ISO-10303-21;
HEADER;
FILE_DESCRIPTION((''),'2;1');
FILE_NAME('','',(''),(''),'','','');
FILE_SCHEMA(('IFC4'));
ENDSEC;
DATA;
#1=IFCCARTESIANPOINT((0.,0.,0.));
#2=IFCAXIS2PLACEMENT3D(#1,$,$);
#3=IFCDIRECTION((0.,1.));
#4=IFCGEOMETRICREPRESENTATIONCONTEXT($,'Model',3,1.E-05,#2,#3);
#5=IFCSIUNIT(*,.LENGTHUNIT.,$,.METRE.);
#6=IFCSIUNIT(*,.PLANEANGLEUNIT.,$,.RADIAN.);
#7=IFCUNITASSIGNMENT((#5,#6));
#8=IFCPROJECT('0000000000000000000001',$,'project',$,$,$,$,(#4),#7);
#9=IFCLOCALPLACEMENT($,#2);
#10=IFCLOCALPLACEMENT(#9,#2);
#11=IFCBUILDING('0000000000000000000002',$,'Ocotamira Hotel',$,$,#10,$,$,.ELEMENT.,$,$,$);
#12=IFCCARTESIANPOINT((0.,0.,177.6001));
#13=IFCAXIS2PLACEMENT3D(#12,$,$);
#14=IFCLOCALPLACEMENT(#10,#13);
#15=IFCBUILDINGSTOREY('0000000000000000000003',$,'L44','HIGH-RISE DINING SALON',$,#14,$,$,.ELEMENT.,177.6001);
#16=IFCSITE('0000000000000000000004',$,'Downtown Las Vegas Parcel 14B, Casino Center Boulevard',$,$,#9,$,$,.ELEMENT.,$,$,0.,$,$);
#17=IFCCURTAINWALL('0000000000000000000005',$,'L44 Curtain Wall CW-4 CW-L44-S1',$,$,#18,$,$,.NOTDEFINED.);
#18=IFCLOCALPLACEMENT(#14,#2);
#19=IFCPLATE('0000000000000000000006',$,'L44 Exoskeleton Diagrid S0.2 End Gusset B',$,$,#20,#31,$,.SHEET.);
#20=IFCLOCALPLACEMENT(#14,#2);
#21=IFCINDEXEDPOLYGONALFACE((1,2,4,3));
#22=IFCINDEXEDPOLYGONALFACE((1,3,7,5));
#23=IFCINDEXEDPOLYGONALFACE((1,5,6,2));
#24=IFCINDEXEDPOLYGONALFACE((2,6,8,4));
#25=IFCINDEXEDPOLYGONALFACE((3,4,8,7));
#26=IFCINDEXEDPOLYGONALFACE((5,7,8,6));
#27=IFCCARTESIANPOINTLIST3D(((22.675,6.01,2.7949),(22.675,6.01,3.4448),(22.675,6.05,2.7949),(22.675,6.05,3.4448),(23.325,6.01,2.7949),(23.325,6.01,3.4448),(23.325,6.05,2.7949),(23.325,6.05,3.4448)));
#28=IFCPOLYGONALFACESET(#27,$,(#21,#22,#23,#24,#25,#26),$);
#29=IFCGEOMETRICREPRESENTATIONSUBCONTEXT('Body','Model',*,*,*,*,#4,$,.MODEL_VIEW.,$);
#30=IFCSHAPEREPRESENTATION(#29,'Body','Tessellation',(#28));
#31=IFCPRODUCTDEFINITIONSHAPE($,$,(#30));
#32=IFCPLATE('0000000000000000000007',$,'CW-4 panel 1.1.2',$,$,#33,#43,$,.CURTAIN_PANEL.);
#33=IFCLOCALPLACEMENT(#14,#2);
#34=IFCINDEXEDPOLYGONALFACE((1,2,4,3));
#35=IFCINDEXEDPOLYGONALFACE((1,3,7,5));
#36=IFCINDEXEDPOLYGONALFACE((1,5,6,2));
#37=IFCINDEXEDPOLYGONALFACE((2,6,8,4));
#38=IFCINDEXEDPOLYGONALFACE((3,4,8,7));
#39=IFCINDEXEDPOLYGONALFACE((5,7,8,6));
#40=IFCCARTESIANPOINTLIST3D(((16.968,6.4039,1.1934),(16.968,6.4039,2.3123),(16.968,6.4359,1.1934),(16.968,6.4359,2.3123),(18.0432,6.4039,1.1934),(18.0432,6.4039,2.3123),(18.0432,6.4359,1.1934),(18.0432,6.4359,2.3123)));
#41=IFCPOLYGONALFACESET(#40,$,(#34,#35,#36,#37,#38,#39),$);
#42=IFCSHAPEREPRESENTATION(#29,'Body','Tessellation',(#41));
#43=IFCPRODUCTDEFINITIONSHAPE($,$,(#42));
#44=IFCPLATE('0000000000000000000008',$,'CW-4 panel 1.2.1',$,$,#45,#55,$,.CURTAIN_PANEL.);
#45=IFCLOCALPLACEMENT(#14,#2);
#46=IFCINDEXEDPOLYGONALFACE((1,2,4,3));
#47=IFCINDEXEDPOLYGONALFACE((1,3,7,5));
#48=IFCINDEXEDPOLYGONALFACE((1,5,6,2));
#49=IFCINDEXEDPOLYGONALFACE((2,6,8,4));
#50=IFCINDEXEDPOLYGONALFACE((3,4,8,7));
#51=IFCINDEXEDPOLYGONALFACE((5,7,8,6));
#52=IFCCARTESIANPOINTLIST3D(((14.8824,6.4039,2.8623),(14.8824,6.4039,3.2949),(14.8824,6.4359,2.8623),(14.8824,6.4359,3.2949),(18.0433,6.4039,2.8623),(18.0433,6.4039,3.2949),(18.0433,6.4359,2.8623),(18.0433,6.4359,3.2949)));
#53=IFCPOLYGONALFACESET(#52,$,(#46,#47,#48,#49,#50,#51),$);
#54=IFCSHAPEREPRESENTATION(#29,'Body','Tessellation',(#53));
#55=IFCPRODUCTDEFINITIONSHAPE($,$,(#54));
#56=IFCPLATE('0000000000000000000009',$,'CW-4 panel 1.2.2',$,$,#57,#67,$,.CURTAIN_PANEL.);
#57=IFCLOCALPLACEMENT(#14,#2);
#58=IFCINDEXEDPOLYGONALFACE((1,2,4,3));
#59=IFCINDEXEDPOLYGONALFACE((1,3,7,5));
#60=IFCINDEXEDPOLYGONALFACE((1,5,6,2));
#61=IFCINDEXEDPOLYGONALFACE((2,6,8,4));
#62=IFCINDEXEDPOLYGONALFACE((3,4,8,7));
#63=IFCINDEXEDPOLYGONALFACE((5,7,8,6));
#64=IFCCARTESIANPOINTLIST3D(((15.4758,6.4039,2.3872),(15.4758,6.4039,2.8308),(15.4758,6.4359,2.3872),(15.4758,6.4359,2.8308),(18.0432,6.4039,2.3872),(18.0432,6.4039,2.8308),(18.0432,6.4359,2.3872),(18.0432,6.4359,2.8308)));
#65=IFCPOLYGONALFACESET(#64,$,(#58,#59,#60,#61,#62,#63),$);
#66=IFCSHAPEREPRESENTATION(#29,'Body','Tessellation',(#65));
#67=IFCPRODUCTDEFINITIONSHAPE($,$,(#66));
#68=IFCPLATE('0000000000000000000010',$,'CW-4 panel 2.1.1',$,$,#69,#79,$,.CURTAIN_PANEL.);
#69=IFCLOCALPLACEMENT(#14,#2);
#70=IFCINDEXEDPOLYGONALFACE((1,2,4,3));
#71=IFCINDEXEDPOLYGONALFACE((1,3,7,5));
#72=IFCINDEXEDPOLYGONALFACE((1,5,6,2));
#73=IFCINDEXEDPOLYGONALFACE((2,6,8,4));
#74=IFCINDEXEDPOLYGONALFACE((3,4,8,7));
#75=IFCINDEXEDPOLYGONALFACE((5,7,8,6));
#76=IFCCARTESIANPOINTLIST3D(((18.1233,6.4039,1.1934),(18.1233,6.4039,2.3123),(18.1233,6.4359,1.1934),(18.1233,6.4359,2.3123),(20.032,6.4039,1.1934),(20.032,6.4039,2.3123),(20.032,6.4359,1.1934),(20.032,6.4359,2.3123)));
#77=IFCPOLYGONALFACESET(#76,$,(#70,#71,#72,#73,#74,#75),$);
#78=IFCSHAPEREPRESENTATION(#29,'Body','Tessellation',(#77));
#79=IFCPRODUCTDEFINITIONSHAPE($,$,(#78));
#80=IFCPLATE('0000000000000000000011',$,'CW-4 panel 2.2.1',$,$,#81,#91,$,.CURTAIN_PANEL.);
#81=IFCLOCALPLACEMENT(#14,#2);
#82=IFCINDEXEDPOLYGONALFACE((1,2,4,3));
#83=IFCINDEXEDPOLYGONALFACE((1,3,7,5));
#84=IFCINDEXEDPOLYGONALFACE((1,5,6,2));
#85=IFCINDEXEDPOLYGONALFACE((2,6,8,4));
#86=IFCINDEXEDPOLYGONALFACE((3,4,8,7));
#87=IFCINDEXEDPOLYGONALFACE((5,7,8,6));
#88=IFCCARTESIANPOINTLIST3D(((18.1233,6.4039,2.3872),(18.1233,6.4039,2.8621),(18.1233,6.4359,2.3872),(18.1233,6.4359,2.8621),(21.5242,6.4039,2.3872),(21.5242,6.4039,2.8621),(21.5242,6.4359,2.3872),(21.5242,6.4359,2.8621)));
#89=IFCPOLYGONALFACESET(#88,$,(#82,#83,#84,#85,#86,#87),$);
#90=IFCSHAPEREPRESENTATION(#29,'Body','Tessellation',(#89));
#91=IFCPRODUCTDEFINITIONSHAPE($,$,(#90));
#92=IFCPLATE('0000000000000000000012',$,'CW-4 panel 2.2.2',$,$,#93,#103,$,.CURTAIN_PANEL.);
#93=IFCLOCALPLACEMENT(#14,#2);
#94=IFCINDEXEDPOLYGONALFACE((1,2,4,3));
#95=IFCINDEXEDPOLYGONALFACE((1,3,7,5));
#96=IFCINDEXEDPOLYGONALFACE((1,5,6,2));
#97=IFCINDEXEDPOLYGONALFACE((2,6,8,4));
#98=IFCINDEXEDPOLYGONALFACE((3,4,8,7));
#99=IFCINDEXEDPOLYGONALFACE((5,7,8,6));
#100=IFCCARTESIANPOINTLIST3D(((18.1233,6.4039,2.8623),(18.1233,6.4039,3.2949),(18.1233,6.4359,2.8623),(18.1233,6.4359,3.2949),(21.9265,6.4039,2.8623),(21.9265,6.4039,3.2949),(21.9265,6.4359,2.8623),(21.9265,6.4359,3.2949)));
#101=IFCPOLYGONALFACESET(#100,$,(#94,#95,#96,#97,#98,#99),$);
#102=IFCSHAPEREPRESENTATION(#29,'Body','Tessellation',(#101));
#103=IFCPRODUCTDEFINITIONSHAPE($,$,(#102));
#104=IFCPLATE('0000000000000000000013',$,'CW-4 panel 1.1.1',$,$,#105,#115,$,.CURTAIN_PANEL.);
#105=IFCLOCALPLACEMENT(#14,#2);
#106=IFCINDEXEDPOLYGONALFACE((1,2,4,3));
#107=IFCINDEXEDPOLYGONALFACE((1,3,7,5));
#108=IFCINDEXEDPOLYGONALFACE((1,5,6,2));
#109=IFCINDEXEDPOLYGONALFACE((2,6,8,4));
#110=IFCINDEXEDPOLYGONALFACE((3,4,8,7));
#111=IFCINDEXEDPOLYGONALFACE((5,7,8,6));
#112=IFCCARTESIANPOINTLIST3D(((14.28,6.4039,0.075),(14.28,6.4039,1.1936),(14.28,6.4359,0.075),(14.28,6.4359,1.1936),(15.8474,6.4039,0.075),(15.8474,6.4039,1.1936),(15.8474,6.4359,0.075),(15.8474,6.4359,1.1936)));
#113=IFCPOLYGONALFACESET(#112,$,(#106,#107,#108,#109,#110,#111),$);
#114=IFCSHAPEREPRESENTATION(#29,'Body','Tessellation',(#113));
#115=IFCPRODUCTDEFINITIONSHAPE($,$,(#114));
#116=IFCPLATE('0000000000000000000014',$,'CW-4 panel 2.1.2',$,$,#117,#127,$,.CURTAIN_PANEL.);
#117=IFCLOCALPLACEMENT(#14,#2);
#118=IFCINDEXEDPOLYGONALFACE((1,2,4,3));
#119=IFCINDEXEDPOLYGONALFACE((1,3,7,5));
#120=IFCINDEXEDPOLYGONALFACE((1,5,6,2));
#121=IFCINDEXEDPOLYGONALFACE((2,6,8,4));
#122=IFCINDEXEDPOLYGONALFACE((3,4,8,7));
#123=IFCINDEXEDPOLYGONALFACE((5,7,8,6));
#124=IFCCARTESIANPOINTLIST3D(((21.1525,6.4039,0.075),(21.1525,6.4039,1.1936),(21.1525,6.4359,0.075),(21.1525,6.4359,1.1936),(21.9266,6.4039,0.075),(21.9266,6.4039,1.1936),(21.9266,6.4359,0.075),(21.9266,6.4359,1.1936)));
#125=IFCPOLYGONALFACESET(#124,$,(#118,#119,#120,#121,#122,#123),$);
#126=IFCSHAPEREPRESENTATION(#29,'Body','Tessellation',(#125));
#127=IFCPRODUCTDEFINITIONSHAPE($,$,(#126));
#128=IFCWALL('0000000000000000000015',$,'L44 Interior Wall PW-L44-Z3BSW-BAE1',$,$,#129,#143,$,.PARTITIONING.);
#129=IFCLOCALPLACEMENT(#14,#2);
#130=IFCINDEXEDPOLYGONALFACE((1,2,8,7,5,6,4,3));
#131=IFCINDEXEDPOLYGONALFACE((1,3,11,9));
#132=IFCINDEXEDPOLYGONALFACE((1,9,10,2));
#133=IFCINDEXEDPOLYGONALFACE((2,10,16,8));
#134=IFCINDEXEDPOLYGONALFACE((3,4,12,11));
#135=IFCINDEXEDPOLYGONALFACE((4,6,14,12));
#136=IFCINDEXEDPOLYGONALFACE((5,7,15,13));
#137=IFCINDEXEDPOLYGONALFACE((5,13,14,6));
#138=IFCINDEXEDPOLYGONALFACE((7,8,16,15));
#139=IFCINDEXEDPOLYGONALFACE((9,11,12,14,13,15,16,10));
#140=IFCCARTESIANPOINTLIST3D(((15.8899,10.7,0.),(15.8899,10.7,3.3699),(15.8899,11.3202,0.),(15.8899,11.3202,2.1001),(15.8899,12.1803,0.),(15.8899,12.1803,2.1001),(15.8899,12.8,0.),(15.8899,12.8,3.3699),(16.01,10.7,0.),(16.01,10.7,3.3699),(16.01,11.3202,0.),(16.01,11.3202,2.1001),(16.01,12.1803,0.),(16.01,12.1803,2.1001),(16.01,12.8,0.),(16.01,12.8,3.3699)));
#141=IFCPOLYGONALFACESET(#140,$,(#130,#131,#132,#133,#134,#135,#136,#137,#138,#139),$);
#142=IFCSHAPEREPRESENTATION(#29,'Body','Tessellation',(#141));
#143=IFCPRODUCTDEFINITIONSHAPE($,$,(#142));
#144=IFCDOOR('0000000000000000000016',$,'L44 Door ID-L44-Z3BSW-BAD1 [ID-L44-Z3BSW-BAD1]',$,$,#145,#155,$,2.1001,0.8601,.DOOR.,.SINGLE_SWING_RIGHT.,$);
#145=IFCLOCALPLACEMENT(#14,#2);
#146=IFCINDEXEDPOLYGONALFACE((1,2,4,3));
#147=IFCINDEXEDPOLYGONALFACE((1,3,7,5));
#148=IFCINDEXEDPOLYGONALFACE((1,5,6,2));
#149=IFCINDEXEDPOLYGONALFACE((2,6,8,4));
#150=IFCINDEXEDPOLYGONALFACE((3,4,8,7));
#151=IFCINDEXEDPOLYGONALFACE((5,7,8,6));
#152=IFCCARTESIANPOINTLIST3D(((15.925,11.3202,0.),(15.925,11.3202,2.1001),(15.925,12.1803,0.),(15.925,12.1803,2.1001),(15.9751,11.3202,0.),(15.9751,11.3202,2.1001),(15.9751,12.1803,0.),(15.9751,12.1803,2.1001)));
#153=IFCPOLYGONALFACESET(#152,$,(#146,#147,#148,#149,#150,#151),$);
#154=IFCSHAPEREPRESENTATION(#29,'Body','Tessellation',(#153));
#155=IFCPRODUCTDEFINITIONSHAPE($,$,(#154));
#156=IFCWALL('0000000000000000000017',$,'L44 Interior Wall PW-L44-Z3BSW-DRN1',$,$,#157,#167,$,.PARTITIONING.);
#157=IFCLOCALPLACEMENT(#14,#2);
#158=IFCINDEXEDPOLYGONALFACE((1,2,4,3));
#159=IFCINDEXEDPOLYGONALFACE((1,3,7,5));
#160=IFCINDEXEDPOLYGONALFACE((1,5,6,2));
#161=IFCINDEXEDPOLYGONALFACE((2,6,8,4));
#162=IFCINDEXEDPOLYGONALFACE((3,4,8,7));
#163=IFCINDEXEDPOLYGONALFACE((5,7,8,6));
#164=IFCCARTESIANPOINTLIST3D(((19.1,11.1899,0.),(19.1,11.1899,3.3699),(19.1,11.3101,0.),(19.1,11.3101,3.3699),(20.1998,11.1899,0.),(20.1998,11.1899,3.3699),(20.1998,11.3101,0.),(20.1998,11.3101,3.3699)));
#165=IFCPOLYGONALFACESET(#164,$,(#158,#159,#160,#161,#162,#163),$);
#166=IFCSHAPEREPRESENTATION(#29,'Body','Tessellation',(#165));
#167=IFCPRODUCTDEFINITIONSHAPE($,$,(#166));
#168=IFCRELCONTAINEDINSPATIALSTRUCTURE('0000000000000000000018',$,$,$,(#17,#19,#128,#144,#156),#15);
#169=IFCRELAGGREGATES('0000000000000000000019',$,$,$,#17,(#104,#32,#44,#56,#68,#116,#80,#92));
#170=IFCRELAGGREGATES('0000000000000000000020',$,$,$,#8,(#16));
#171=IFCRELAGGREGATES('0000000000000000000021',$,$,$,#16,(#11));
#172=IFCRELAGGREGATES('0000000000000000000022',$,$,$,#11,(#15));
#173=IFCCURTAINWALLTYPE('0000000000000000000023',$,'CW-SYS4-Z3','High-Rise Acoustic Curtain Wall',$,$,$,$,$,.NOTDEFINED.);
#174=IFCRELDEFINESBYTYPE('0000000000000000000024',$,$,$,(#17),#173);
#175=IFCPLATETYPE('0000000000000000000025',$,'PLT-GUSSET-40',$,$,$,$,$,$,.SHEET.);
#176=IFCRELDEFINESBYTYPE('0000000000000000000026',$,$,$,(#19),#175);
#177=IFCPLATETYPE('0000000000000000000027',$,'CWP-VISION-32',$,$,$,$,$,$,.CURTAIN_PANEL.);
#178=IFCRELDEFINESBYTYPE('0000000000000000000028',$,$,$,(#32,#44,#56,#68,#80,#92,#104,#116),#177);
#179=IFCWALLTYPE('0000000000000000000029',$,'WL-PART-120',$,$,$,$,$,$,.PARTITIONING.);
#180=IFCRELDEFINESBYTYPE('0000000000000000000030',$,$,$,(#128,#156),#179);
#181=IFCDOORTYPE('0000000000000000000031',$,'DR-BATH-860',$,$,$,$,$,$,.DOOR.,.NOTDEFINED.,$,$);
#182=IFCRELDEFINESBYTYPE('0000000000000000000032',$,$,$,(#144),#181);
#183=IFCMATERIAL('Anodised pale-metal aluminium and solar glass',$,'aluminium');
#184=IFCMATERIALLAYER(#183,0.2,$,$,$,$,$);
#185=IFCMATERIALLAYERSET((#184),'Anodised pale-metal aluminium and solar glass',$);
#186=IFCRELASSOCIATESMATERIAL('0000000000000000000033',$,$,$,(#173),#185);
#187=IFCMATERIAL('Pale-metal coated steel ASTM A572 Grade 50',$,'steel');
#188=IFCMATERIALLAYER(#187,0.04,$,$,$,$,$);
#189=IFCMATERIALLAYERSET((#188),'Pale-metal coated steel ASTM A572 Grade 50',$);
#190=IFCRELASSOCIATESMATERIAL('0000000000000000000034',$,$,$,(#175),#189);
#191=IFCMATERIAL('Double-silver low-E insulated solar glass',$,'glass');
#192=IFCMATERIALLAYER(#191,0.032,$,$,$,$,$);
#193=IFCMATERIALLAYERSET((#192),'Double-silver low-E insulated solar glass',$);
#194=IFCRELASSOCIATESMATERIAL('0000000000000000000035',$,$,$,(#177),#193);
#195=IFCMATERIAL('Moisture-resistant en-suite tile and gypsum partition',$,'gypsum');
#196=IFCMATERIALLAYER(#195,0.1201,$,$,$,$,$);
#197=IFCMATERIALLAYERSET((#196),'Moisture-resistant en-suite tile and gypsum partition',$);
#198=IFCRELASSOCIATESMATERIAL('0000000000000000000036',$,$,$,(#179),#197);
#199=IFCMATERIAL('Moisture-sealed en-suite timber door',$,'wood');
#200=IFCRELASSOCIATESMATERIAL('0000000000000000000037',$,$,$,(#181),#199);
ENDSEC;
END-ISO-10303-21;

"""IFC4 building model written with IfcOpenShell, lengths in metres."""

from ifc_helpers import new_model, si_unit, direction, frame, frame_2d, origin, origin_2d, place, context, subcontext, project, spatial, rectangle, extrude, source, transform, mapped, material, layer, layer_set, type_object, element, fill, aggregate, save


model = new_model("IFC4")

# Units and contexts
model_context = context("Model", 3, precision=1e-05, world=origin(), true_north=direction((0.0, 1.0)))
body_context = subcontext(model_context, "Body", "Model", "MODEL_VIEW")
ifc_project = project(units=[si_unit("LENGTHUNIT", "METRE"), si_unit("PLANEANGLEUNIT", "RADIAN")], contexts=[model_context])

# Site, building, storey
site_placement = place(None, origin())
site = spatial("IfcSite", under=ifc_project, at=site_placement, Name="Downtown Las Vegas Parcel 14B, Casino Center Boulevard", CompositionType="ELEMENT", RefElevation=0.0)
building_placement = place(site_placement, origin())
building = spatial("IfcBuilding", under=site, at=building_placement, Name="Ocotamira Hotel", CompositionType="ELEMENT")
storey_placement = place(building_placement, frame((0.0, 0.0, 177.6001)))
storey = spatial("IfcBuildingStorey", under=building, at=storey_placement, Name="L44", Description="HIGH-RISE DINING SALON", CompositionType="ELEMENT", Elevation=177.6001)

# Curtain wall
ifc_material_1 = material(Name="Anodised pale-metal aluminium and solar glass", Category="aluminium")
ifc_layer_1 = layer(ifc_material_1, 0.2)
ifc_layer_set_1 = layer_set([ifc_layer_1], Name="Anodised pale-metal aluminium and solar glass")
curtain_wall_type = type_object("IfcCurtainWallType", Name="CW-SYS4-Z3", Description="High-Rise Acoustic Curtain Wall", PredefinedType="NOTDEFINED", material=ifc_layer_set_1)
curtain_wall_placement = place(storey_placement, origin())
curtain_wall = element("IfcCurtainWall", 1, at=curtain_wall_placement, inside=storey, type_object=curtain_wall_type, Name="L44 Curtain Wall CW-4 CW-L44-S1", PredefinedType="NOTDEFINED")

# Plates
ifc_material_2 = material(Name="Pale-metal coated steel ASTM A572 Grade 50", Category="steel")
ifc_layer_2 = layer(ifc_material_2, 0.04)
ifc_layer_set_2 = layer_set([ifc_layer_2], Name="Pale-metal coated steel ASTM A572 Grade 50")
plate_type_1 = type_object("IfcPlateType", Name="PLT-GUSSET-40", PredefinedType="SHEET", material=ifc_layer_set_2)
shared_shape_1 = source(origin(), body_context, "Body", "SweptSolid", [
    extrude(rectangle(XDim=0.6499, YDim=0.04, at=origin_2d()), origin(), (0.0, 0.0, 1.0), 0.6499),
])
plate_1_placement = place(storey_placement, frame((23.0, 6.03, 2.7949), z_axis=(0.0, 0.0, 1.0), x_axis=(1.0, 0.0, 0.0)))
element("IfcPlate", 2, at=plate_1_placement, inside=storey, type_object=plate_type_1, Name="L44 Exoskeleton Diagrid S0.2 End Gusset B", PredefinedType="SHEET", context=body_context, shape_type="MappedRepresentation", body=[
    mapped(shared_shape_1, transform((0.0, 0.0, 0.0), scale=1.0)),
])
ifc_material_3 = material(Name="Double-silver low-E insulated solar glass", Category="glass")
ifc_layer_3 = layer(ifc_material_3, 0.032)
ifc_layer_set_3 = layer_set([ifc_layer_3], Name="Double-silver low-E insulated solar glass")
plate_type_2 = type_object("IfcPlateType", Name="CWP-VISION-32", PredefinedType="CURTAIN_PANEL", material=ifc_layer_set_3)
shared_shape_2 = source(origin(), body_context, "Body", "SweptSolid", [
    extrude(rectangle(XDim=1.0752, YDim=0.032, at=origin_2d()), origin(), (0.0, 0.0, 1.0), 1.1189),
])
plate_2_placement = place(storey_placement, frame((17.5056, 6.4199, 1.1934), z_axis=(0.0, 0.0, 1.0), x_axis=(1.0, 0.0, 0.0)))
plate_2 = element("IfcPlate", 3, at=plate_2_placement, type_object=plate_type_2, Name="CW-4 panel 1.1.2", PredefinedType="CURTAIN_PANEL", context=body_context, shape_type="MappedRepresentation", body=[
    mapped(shared_shape_2, transform((0.0, 0.0, 0.0), scale=1.0)),
])
shared_shape_3 = source(origin(), body_context, "Body", "SweptSolid", [
    extrude(rectangle(XDim=3.1609, YDim=0.032, at=origin_2d()), origin(), (0.0, 0.0, 1.0), 0.4326),
])
plate_3_placement = place(storey_placement, frame((16.4629, 6.4199, 2.8623), z_axis=(0.0, 0.0, 1.0), x_axis=(1.0, 0.0, 0.0)))
plate_3 = element("IfcPlate", 4, at=plate_3_placement, type_object=plate_type_2, Name="CW-4 panel 1.2.1", PredefinedType="CURTAIN_PANEL", context=body_context, shape_type="MappedRepresentation", body=[
    mapped(shared_shape_3, transform((0.0, 0.0, 0.0), scale=1.0)),
])
shared_shape_4 = source(origin(), body_context, "Body", "SweptSolid", [
    extrude(rectangle(XDim=2.5674, YDim=0.032, at=origin_2d()), origin(), (0.0, 0.0, 1.0), 0.4436),
])
plate_4_placement = place(storey_placement, frame((16.7595, 6.4199, 2.3872), z_axis=(0.0, 0.0, 1.0), x_axis=(1.0, 0.0, 0.0)))
plate_4 = element("IfcPlate", 5, at=plate_4_placement, type_object=plate_type_2, Name="CW-4 panel 1.2.2", PredefinedType="CURTAIN_PANEL", context=body_context, shape_type="MappedRepresentation", body=[
    mapped(shared_shape_4, transform((0.0, 0.0, 0.0), scale=1.0)),
])
shared_shape_5 = source(origin(), body_context, "Body", "SweptSolid", [
    extrude(rectangle(XDim=1.9087, YDim=0.032, at=origin_2d()), origin(), (0.0, 0.0, 1.0), 1.1189),
])
plate_5_placement = place(storey_placement, frame((19.0776, 6.4199, 1.1934), z_axis=(0.0, 0.0, 1.0), x_axis=(1.0, 0.0, 0.0)))
plate_5 = element("IfcPlate", 6, at=plate_5_placement, type_object=plate_type_2, Name="CW-4 panel 2.1.1", PredefinedType="CURTAIN_PANEL", context=body_context, shape_type="MappedRepresentation", body=[
    mapped(shared_shape_5, transform((0.0, 0.0, 0.0), scale=1.0)),
])
shared_shape_6 = source(origin(), body_context, "Body", "SweptSolid", [
    extrude(rectangle(XDim=3.4009, YDim=0.032, at=origin_2d()), origin(), (0.0, 0.0, 1.0), 0.4749),
])
plate_6_placement = place(storey_placement, frame((19.8237, 6.4199, 2.3872), z_axis=(0.0, 0.0, 1.0), x_axis=(1.0, 0.0, 0.0)))
plate_6 = element("IfcPlate", 7, at=plate_6_placement, type_object=plate_type_2, Name="CW-4 panel 2.2.1", PredefinedType="CURTAIN_PANEL", context=body_context, shape_type="MappedRepresentation", body=[
    mapped(shared_shape_6, transform((0.0, 0.0, 0.0), scale=1.0)),
])
shared_shape_7 = source(origin(), body_context, "Body", "SweptSolid", [
    extrude(rectangle(XDim=3.8032, YDim=0.032, at=origin_2d()), origin(), (0.0, 0.0, 1.0), 0.4326),
])
plate_7_placement = place(storey_placement, frame((20.0249, 6.4199, 2.8623), z_axis=(0.0, 0.0, 1.0), x_axis=(1.0, 0.0, 0.0)))
plate_7 = element("IfcPlate", 8, at=plate_7_placement, type_object=plate_type_2, Name="CW-4 panel 2.2.2", PredefinedType="CURTAIN_PANEL", context=body_context, shape_type="MappedRepresentation", body=[
    mapped(shared_shape_7, transform((0.0, 0.0, 0.0), scale=1.0)),
])
shared_shape_8 = source(origin(), body_context, "Body", "SweptSolid", [
    extrude(rectangle(XDim=1.5674, YDim=0.032, at=origin_2d()), origin(), (0.0, 0.0, 1.0), 1.1187),
])
plate_8_placement = place(storey_placement, frame((15.0637, 6.4199, 0.075), z_axis=(0.0, 0.0, 1.0), x_axis=(1.0, 0.0, 0.0)))
plate_8 = element("IfcPlate", 9, at=plate_8_placement, type_object=plate_type_2, Name="CW-4 panel 1.1.1", PredefinedType="CURTAIN_PANEL", context=body_context, shape_type="MappedRepresentation", body=[
    mapped(shared_shape_8, transform((0.0, 0.0, 0.0), scale=1.0)),
])
shared_shape_9 = source(origin(), body_context, "Body", "SweptSolid", [
    extrude(rectangle(XDim=0.7742, YDim=0.032, at=origin_2d()), origin(), (0.0, 0.0, 1.0), 1.1187),
])
plate_9_placement = place(storey_placement, frame((21.5396, 6.4199, 0.075), z_axis=(0.0, 0.0, 1.0), x_axis=(1.0, 0.0, 0.0)))
plate_9 = element("IfcPlate", 10, at=plate_9_placement, type_object=plate_type_2, Name="CW-4 panel 2.1.2", PredefinedType="CURTAIN_PANEL", context=body_context, shape_type="MappedRepresentation", body=[
    mapped(shared_shape_9, transform((0.0, 0.0, 0.0), scale=1.0)),
])
aggregate(curtain_wall, [plate_8, plate_2, plate_3, plate_4, plate_5, plate_9, plate_6, plate_7])

# Wall, opening, door
ifc_material_4 = material(Name="Moisture-resistant en-suite tile and gypsum partition", Category="gypsum")
ifc_layer_4 = layer(ifc_material_4, 0.1201)
ifc_layer_set_4 = layer_set([ifc_layer_4], Name="Moisture-resistant en-suite tile and gypsum partition")
wall_type_1 = type_object("IfcWallType", Name="WL-PART-120", PredefinedType="PARTITIONING", material=ifc_layer_set_4)
wall_1_placement = place(storey_placement, frame((15.95, 10.7, 0.0), z_axis=(0.0, 0.0, 1.0), x_axis=(0.0, 1.0, 0.0)))
wall_1 = element("IfcWall", 11, at=wall_1_placement, inside=storey, type_object=wall_type_1, Name="L44 Interior Wall PW-L44-Z3BSW-BAE1", PredefinedType="PARTITIONING", context=body_context, shape_type="SweptSolid", body=[
    extrude(rectangle(XDim=2.1001, YDim=0.1201, at=frame_2d((1.05, 0.0))), origin(), (0.0, 0.0, 1.0), 3.3699),
])
opening_1_placement = place(wall_1_placement, frame((0.6201, 0.0, 0.0)))
opening_1 = element("IfcOpeningElement", 12, at=opening_1_placement, cuts=wall_1, PredefinedType="OPENING", context=body_context, shape_type="SweptSolid", body=[
    extrude(rectangle(XDim=0.8601, YDim=2.1001, at=frame_2d((0.4302, 1.05))), frame((0.0, 0.0701, 0.0), z_axis=(0.0, -1.0, 0.0), x_axis=(1.0, 0.0, 0.0)), (0.0, 0.0, 1.0), 0.1401),
])
ifc_material_5 = material(Name="Moisture-sealed en-suite timber door", Category="wood")
door_type = type_object("IfcDoorType", Name="DR-BATH-860", OperationType="NOTDEFINED", PredefinedType="DOOR", material=ifc_material_5)
shared_shape_10 = source(origin(), body_context, "Body", "SweptSolid", [
    extrude(rectangle(XDim=0.8601, YDim=2.1001, at=frame_2d((0.4302, 1.05))), frame((0.0, 0.0249, 0.0), z_axis=(0.0, -1.0, 0.0), x_axis=(1.0, 0.0, 0.0)), (0.0, 0.0, 1.0), 0.05),
])
door_1_placement = place(opening_1_placement, origin())
door_1 = element("IfcDoor", 13, at=door_1_placement, inside=storey, type_object=door_type, Name="L44 Door ID-L44-Z3BSW-BAD1 [ID-L44-Z3BSW-BAD1]", OperationType="SINGLE_SWING_RIGHT", OverallHeight=2.1001, OverallWidth=0.8601, PredefinedType="DOOR", context=body_context, shape_type="MappedRepresentation", body=[
    mapped(shared_shape_10, transform((0.0, 0.0, 0.0), scale=1.0)),
])
fill(opening_1, door_1)

# Wall
wall_2_placement = place(storey_placement, frame((19.1001, 11.25, 0.0), z_axis=(0.0, 0.0, 1.0), x_axis=(1.0, 0.0, 0.0)))
element("IfcWall", 14, at=wall_2_placement, inside=storey, type_object=wall_type_1, Name="L44 Interior Wall PW-L44-Z3BSW-DRN1", PredefinedType="PARTITIONING", context=body_context, shape_type="SweptSolid", body=[
    extrude(rectangle(XDim=1.0999, YDim=0.1201, at=frame_2d((0.5498, 0.0))), origin(), (0.0, 0.0, 1.0), 3.3699),
])

save(model, "model.ifc")
